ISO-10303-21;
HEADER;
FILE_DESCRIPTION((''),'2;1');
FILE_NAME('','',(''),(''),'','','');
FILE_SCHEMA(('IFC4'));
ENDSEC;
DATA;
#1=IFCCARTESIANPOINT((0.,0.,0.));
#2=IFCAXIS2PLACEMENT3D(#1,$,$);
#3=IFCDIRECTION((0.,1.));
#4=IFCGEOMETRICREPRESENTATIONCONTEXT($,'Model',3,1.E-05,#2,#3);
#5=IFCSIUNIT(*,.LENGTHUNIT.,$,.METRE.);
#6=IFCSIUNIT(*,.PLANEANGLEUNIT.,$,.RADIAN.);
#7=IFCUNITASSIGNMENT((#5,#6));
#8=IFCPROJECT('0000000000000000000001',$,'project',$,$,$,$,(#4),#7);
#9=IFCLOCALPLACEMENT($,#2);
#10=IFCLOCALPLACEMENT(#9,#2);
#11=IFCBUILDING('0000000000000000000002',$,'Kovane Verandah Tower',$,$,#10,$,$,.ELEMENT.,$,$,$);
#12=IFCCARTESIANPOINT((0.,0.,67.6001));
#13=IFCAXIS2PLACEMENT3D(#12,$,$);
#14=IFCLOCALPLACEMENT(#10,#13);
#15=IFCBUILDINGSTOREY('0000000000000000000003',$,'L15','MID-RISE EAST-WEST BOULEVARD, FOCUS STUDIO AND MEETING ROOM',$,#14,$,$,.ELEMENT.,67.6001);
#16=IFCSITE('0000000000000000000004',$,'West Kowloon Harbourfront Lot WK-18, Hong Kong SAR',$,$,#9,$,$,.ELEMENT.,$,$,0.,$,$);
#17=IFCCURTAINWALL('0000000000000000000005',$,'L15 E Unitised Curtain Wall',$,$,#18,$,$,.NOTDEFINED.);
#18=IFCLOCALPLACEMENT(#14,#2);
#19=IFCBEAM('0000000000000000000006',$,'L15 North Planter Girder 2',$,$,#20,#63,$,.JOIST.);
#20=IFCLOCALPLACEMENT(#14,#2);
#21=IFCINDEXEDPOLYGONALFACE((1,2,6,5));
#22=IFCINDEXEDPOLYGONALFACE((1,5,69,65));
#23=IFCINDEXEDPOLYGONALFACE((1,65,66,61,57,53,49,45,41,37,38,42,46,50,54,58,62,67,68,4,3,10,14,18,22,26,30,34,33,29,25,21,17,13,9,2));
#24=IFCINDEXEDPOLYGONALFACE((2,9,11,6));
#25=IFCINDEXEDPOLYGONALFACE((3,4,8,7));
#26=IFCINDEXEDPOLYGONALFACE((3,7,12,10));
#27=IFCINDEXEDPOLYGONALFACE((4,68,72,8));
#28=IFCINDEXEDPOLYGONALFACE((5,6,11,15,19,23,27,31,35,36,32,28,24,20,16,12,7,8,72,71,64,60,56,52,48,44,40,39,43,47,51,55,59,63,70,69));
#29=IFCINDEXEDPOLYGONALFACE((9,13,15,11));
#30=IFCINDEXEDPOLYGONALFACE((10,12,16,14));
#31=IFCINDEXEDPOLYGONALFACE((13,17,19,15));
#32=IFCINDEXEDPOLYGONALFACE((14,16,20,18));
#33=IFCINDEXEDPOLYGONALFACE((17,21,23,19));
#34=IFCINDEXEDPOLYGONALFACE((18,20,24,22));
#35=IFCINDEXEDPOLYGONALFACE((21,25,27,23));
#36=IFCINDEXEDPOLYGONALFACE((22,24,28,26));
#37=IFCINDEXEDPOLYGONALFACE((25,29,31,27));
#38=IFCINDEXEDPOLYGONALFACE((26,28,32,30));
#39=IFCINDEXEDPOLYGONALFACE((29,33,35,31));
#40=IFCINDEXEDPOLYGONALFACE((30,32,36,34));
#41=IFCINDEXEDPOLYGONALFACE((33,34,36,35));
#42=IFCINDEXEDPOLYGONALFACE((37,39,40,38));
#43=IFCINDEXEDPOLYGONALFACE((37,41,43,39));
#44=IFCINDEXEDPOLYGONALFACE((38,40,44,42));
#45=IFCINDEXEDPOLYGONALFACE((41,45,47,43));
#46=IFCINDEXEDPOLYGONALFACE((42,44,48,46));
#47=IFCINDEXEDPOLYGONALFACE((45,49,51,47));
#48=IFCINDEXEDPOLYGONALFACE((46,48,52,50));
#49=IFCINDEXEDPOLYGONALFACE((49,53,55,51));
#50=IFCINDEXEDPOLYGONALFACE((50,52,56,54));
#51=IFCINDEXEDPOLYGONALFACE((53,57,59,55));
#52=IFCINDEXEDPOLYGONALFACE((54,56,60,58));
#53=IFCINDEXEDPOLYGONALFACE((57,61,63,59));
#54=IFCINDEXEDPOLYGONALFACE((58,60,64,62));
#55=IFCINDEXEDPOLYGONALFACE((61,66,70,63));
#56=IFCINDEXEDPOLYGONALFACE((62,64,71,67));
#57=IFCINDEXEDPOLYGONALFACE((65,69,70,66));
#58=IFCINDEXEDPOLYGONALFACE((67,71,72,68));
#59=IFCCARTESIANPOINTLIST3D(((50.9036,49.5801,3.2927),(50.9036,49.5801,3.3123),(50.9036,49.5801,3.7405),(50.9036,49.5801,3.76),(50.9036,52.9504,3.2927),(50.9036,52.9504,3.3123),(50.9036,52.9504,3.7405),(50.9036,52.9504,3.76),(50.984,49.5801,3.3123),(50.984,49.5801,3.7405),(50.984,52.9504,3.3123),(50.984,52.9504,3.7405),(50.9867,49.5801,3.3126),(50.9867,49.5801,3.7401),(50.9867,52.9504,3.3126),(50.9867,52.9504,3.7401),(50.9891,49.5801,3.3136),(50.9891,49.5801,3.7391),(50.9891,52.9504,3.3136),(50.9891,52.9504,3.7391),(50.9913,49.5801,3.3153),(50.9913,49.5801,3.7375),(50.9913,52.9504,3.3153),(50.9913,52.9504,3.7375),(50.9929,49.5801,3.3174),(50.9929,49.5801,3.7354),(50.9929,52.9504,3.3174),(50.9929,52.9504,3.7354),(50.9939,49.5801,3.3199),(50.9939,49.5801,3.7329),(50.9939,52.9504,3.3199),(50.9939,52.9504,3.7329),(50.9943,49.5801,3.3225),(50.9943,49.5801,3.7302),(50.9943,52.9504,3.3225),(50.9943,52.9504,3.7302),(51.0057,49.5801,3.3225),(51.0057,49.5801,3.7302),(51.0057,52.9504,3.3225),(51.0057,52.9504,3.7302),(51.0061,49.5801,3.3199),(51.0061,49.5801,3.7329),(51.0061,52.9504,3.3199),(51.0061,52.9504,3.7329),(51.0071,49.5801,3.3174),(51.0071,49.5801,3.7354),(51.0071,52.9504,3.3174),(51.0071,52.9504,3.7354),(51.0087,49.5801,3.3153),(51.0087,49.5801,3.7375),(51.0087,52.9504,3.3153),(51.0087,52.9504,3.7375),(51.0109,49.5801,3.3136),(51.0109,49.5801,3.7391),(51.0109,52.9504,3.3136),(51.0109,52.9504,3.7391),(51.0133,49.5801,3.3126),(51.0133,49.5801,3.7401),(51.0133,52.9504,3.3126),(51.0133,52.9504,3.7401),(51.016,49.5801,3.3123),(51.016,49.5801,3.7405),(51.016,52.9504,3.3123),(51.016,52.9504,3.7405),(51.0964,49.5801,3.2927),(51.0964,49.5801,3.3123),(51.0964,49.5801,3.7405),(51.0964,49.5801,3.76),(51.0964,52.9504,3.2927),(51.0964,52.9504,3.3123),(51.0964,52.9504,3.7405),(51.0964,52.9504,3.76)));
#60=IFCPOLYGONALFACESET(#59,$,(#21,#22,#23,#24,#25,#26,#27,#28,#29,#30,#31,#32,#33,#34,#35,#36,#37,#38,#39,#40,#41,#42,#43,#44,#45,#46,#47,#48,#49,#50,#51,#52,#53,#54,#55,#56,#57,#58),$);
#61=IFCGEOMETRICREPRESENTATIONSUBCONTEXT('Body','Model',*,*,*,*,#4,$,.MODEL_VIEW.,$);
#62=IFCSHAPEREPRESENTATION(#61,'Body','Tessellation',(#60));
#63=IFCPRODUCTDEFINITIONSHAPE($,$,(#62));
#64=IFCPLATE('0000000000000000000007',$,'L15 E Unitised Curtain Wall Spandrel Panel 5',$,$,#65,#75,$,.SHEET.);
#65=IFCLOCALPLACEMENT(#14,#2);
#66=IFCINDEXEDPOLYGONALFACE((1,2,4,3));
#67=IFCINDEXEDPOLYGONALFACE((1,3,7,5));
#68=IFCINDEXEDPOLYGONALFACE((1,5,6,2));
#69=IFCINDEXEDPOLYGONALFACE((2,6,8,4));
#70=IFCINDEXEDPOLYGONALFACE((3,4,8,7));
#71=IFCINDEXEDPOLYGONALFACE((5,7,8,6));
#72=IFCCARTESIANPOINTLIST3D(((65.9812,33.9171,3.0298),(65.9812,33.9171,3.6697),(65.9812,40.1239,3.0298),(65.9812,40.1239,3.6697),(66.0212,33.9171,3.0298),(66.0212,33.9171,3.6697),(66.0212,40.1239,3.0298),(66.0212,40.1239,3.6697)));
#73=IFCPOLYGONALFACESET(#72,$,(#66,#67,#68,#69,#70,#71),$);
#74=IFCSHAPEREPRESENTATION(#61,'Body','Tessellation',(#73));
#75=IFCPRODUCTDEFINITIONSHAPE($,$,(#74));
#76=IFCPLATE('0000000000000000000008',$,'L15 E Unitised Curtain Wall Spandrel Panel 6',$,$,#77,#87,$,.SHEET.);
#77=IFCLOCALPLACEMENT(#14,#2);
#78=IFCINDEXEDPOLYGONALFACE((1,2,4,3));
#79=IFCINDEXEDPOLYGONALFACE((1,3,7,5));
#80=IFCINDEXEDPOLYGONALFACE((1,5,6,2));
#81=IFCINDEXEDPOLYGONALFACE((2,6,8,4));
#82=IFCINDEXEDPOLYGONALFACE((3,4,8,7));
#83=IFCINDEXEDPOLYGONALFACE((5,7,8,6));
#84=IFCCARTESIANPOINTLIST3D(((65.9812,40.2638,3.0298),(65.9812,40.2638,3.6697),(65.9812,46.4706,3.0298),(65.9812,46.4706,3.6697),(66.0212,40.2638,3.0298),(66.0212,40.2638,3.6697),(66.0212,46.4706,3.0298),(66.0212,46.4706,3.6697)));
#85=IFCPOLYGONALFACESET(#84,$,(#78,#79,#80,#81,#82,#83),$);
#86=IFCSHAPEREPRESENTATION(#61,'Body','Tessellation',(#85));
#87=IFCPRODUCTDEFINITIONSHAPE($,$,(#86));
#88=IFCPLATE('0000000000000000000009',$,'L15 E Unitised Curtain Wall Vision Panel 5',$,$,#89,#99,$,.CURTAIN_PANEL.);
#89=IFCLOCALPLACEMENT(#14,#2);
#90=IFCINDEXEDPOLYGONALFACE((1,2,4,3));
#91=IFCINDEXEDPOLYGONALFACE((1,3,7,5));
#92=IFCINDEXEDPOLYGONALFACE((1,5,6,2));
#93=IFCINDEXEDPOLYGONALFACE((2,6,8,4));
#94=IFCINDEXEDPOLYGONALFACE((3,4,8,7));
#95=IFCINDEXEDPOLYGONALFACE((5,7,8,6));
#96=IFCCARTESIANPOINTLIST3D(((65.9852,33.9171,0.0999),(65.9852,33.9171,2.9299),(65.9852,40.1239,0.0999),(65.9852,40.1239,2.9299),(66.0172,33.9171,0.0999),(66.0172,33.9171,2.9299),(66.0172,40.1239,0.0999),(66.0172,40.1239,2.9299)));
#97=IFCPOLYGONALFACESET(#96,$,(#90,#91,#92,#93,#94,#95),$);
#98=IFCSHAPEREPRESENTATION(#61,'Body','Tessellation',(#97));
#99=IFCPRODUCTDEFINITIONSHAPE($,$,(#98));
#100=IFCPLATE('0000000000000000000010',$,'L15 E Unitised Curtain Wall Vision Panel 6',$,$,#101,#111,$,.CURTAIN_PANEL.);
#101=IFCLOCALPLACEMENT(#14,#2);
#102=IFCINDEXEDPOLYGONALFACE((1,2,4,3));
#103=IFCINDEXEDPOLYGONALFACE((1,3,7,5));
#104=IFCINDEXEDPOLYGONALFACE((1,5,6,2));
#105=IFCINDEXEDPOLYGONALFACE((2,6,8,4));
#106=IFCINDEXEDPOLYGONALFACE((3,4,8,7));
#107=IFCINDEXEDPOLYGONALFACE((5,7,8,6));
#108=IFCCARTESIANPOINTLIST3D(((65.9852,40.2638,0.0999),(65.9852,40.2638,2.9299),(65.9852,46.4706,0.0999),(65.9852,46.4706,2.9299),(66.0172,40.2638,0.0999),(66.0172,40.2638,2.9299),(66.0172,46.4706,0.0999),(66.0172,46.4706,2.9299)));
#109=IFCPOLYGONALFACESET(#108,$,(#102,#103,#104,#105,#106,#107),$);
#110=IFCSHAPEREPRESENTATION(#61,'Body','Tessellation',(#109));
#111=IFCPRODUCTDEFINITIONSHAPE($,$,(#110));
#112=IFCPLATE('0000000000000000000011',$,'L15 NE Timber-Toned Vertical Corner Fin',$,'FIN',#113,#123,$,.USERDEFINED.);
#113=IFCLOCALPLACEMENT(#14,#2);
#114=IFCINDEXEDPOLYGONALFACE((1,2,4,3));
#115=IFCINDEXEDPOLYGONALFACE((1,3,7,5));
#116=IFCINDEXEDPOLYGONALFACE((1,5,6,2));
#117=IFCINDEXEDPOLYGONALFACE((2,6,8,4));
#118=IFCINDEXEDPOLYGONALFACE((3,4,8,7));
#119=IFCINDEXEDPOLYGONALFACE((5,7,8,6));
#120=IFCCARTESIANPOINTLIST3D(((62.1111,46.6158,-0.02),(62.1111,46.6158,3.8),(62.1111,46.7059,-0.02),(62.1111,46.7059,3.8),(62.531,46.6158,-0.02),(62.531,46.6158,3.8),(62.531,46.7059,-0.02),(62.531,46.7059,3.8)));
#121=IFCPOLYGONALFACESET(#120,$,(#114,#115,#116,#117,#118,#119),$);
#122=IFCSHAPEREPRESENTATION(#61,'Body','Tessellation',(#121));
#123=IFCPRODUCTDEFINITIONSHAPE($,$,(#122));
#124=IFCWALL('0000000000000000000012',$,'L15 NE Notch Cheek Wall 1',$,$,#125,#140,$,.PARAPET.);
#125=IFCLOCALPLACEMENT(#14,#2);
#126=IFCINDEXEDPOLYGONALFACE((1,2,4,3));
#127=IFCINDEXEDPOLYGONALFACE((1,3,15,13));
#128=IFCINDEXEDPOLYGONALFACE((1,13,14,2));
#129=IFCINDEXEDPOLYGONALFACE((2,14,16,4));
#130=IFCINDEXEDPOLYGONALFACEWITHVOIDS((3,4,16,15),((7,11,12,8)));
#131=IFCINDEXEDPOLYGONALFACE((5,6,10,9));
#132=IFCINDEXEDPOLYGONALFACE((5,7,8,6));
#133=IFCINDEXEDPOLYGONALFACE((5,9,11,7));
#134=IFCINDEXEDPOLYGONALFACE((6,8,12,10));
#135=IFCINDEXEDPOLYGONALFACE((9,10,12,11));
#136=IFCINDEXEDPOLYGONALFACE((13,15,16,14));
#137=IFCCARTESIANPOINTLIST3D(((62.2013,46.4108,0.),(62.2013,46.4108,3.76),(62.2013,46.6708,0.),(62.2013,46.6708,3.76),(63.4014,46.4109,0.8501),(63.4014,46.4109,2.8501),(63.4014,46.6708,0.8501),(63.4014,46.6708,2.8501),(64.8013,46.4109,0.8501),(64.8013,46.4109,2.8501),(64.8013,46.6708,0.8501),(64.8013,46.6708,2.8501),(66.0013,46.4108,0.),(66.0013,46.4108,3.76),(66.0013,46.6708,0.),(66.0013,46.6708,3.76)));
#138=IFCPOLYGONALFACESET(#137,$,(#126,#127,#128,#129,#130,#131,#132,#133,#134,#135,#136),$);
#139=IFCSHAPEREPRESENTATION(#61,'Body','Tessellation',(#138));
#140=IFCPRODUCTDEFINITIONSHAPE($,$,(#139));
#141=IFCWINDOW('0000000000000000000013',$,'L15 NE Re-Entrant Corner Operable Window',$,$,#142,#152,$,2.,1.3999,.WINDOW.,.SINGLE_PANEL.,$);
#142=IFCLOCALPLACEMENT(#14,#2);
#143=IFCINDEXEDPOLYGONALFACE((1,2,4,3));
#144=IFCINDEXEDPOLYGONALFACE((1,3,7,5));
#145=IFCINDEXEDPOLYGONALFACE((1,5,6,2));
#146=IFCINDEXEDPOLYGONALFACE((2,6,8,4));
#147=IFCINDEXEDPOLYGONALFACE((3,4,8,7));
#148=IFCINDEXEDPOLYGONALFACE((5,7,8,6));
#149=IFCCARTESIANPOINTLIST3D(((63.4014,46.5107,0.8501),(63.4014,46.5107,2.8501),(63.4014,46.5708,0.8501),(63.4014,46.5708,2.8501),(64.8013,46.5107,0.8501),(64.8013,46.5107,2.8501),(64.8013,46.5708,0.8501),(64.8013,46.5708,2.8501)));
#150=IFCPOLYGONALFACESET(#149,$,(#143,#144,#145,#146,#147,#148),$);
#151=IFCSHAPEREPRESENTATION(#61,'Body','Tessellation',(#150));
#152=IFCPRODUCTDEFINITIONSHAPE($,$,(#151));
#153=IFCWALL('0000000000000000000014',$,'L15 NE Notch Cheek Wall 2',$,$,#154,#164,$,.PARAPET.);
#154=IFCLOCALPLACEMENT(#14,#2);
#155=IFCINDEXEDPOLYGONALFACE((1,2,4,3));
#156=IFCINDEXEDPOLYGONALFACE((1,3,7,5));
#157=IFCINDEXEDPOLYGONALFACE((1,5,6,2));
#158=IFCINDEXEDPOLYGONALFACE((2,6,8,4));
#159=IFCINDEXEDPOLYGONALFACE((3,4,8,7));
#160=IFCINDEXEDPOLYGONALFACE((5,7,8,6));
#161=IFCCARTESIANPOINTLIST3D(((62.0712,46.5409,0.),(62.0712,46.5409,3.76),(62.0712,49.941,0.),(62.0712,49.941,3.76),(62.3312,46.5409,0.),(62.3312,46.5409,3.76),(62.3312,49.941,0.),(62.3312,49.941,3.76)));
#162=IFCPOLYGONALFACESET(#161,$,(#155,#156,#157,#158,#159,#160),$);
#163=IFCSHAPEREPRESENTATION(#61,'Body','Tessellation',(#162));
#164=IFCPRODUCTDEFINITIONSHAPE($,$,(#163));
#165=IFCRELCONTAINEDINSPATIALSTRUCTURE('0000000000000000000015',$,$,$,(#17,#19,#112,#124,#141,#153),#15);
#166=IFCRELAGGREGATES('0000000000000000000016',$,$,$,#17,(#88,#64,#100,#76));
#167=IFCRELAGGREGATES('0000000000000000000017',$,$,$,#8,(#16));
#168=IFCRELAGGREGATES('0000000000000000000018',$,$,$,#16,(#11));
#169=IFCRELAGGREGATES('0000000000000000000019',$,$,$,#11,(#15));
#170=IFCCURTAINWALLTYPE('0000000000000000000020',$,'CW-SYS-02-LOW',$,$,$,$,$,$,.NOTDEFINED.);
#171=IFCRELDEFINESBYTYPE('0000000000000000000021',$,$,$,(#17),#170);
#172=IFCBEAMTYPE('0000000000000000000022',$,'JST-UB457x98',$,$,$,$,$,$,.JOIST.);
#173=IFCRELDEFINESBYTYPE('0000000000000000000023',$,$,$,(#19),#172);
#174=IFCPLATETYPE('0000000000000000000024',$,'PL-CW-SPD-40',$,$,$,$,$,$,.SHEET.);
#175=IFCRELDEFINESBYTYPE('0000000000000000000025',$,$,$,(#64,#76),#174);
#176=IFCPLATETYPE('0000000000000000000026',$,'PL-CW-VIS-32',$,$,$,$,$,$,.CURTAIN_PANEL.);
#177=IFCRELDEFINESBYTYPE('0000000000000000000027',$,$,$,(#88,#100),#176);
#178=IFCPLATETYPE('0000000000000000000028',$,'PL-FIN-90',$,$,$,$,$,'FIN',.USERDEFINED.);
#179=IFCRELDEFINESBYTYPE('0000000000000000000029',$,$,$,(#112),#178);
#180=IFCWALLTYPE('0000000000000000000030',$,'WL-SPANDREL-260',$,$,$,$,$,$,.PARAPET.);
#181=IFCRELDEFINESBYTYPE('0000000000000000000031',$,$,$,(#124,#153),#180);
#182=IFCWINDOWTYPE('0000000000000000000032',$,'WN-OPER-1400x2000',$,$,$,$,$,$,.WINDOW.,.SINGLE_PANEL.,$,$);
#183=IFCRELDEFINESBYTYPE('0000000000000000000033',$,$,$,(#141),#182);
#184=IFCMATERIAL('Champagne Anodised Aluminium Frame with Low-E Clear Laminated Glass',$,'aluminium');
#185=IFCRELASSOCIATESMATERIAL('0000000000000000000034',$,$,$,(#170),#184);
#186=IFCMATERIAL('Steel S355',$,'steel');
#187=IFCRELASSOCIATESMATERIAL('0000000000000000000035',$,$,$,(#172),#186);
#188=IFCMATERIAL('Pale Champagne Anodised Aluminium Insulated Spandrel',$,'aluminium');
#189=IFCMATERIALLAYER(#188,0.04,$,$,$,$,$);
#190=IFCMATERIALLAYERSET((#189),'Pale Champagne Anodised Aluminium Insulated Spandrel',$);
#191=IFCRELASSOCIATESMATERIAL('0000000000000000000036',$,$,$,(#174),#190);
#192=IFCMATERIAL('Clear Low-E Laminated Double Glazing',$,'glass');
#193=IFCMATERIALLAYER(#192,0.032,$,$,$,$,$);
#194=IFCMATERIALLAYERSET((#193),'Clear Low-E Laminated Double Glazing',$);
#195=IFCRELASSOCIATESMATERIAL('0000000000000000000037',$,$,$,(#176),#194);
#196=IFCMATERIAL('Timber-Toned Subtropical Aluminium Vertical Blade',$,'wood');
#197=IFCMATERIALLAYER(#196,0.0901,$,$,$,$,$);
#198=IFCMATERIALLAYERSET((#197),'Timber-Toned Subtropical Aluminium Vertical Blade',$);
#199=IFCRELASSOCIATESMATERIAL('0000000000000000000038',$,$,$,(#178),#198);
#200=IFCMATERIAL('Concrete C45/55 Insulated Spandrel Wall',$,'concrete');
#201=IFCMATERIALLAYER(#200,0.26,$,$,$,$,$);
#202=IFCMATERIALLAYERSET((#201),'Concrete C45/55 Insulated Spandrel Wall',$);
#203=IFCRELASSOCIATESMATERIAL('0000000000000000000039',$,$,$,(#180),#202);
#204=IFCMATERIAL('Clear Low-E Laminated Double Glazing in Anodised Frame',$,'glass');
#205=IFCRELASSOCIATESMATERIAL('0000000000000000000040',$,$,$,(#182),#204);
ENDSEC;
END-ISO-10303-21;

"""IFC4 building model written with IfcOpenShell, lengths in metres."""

from ifc_helpers import new_model, si_unit, direction, frame, frame_2d, origin, origin_2d, place, context, subcontext, project, spatial, rectangle, i_section, extrude, material, layer, layer_set, material_profile, profile_set, type_object, element, fill, aggregate, save


model = new_model("IFC4")

# Units and contexts
model_context = context("Model", 3, precision=1e-05, world=origin(), true_north=direction((0.0, 1.0)))
body_context = subcontext(model_context, "Body", "Model", "MODEL_VIEW")
ifc_project = project(units=[si_unit("LENGTHUNIT", "METRE"), si_unit("PLANEANGLEUNIT", "RADIAN")], contexts=[model_context])

# Site, building, storey
site_placement = place(None, origin())
site = spatial("IfcSite", under=ifc_project, at=site_placement, Name="West Kowloon Harbourfront Lot WK-18, Hong Kong SAR", CompositionType="ELEMENT", RefElevation=0.0)
building_placement = place(site_placement, origin())
building = spatial("IfcBuilding", under=site, at=building_placement, Name="Kovane Verandah Tower", CompositionType="ELEMENT")
storey_placement = place(building_placement, frame((0.0, 0.0, 67.6001)))
storey = spatial("IfcBuildingStorey", under=building, at=storey_placement, Name="L15", Description="MID-RISE EAST-WEST BOULEVARD, FOCUS STUDIO AND MEETING ROOM", CompositionType="ELEMENT", Elevation=67.6001)

# Shared definitions
ifc_material_1 = material(Name="Steel S355", Category="steel")

# Curtain wall
ifc_material_2 = material(Name="Champagne Anodised Aluminium Frame with Low-E Clear Laminated Glass", Category="aluminium")
curtain_wall_type = type_object("IfcCurtainWallType", Name="CW-SYS-02-LOW", PredefinedType="NOTDEFINED", material=ifc_material_2)
curtain_wall_placement = place(storey_placement, origin())
curtain_wall = element("IfcCurtainWall", 1, at=curtain_wall_placement, inside=storey, type_object=curtain_wall_type, Name="L15 E Unitised Curtain Wall", PredefinedType="NOTDEFINED")

# Beam
ifc_material_profile_1 = material_profile(ifc_material_1, i_section(OverallWidth=0.1929, OverallDepth=0.4673, WebThickness=0.0115, FlangeThickness=0.0195, FilletRadius=0.0103, at=origin_2d()), Name="UB457x191x98")
ifc_profile_set_1 = profile_set([ifc_material_profile_1], Name="Steel S355")
beam_type_1 = type_object("IfcBeamType", Name="JST-UB457x98", PredefinedType="JOIST", material=ifc_profile_set_1)
beam_1_placement = place(storey_placement, frame((51.0, 49.5801, 3.5264), z_axis=(0.0, 1.0, 0.0), x_axis=(-1.0, 0.0, 0.0)))
element("IfcBeam", 2, at=beam_1_placement, inside=storey, type_object=beam_type_1, Name="L15 North Planter Girder 2", PredefinedType="JOIST", context=body_context, shape_type="SweptSolid", body=[
    extrude(i_section(OverallWidth=0.1929, OverallDepth=0.4673, WebThickness=0.0115, FlangeThickness=0.0195, FilletRadius=0.0103, at=origin_2d()), origin(), (0.0, 0.0, 1.0), 3.3704),
])

# Plates
ifc_material_3 = material(Name="Pale Champagne Anodised Aluminium Insulated Spandrel", Category="aluminium")
ifc_layer_1 = layer(ifc_material_3, 0.04)
ifc_layer_set_1 = layer_set([ifc_layer_1], Name="Pale Champagne Anodised Aluminium Insulated Spandrel")
plate_type_1 = type_object("IfcPlateType", Name="PL-CW-SPD-40", PredefinedType="SHEET", material=ifc_layer_set_1)
plate_1_placement = place(storey_placement, frame((66.0012, 37.0205, 3.0298), z_axis=(0.0, 0.0, 1.0), x_axis=(0.0, 1.0, 0.0)))
plate_1 = element("IfcPlate", 3, at=plate_1_placement, type_object=plate_type_1, Name="L15 E Unitised Curtain Wall Spandrel Panel 5", PredefinedType="SHEET", context=body_context, shape_type="SweptSolid", body=[
    extrude(rectangle(XDim=6.2068, YDim=0.04, at=origin_2d()), origin(), (0.0, 0.0, 1.0), 0.6399),
])
plate_2_placement = place(storey_placement, frame((66.0012, 43.3672, 3.0298), z_axis=(0.0, 0.0, 1.0), x_axis=(0.0, 1.0, 0.0)))
plate_2 = element("IfcPlate", 4, at=plate_2_placement, type_object=plate_type_1, Name="L15 E Unitised Curtain Wall Spandrel Panel 6", PredefinedType="SHEET", context=body_context, shape_type="SweptSolid", body=[
    extrude(rectangle(XDim=6.2068, YDim=0.04, at=origin_2d()), origin(), (0.0, 0.0, 1.0), 0.6399),
])
ifc_material_4 = material(Name="Clear Low-E Laminated Double Glazing", Category="glass")
ifc_layer_2 = layer(ifc_material_4, 0.032)
ifc_layer_set_2 = layer_set([ifc_layer_2], Name="Clear Low-E Laminated Double Glazing")
plate_type_2 = type_object("IfcPlateType", Name="PL-CW-VIS-32", PredefinedType="CURTAIN_PANEL", material=ifc_layer_set_2)
plate_3_placement = place(storey_placement, frame((66.0012, 37.0205, 0.0999), z_axis=(0.0, 0.0, 1.0), x_axis=(0.0, 1.0, 0.0)))
plate_3 = element("IfcPlate", 5, at=plate_3_placement, type_object=plate_type_2, Name="L15 E Unitised Curtain Wall Vision Panel 5", PredefinedType="CURTAIN_PANEL", context=body_context, shape_type="SweptSolid", body=[
    extrude(rectangle(XDim=6.2068, YDim=0.032, at=origin_2d()), origin(), (0.0, 0.0, 1.0), 2.8301),
])
plate_4_placement = place(storey_placement, frame((66.0012, 43.3672, 0.0999), z_axis=(0.0, 0.0, 1.0), x_axis=(0.0, 1.0, 0.0)))
plate_4 = element("IfcPlate", 6, at=plate_4_placement, type_object=plate_type_2, Name="L15 E Unitised Curtain Wall Vision Panel 6", PredefinedType="CURTAIN_PANEL", context=body_context, shape_type="SweptSolid", body=[
    extrude(rectangle(XDim=6.2068, YDim=0.032, at=origin_2d()), origin(), (0.0, 0.0, 1.0), 2.8301),
])
aggregate(curtain_wall, [plate_3, plate_1, plate_4, plate_2])
ifc_material_5 = material(Name="Timber-Toned Subtropical Aluminium Vertical Blade", Category="wood")
ifc_layer_3 = layer(ifc_material_5, 0.0901)
ifc_layer_set_3 = layer_set([ifc_layer_3], Name="Timber-Toned Subtropical Aluminium Vertical Blade")
plate_type_3 = type_object("IfcPlateType", Name="PL-FIN-90", ElementType="FIN", PredefinedType="USERDEFINED", material=ifc_layer_set_3)
plate_5_placement = place(storey_placement, frame((62.321, 46.6609, -0.02), z_axis=(0.0, 0.0, 1.0), x_axis=(1.0, 0.0, 0.0)))
element("IfcPlate", 7, at=plate_5_placement, inside=storey, type_object=plate_type_3, Name="L15 NE Timber-Toned Vertical Corner Fin", ObjectType="FIN", PredefinedType="USERDEFINED", context=body_context, shape_type="SweptSolid", body=[
    extrude(rectangle(XDim=0.4199, YDim=0.0901, at=origin_2d()), origin(), (0.0, 0.0, 1.0), 3.8201),
])

# Shared definitions
ifc_material_6 = material(Name="Concrete C45/55 Insulated Spandrel Wall", Category="concrete")
ifc_layer_4 = layer(ifc_material_6, 0.26)
ifc_layer_set_4 = layer_set([ifc_layer_4], Name="Concrete C45/55 Insulated Spandrel Wall")
wall_type = type_object("IfcWallType", Name="WL-SPANDREL-260", PredefinedType="PARAPET", material=ifc_layer_set_4)
ifc_material_7 = material(Name="Clear Low-E Laminated Double Glazing in Anodised Frame", Category="glass")

# Wall, opening, window
wall_1_placement = place(storey_placement, frame((66.0012, 46.5408, 0.0), z_axis=(0.0, 0.0, 1.0), x_axis=(-1.0, 0.0, 0.0)))
wall_1 = element("IfcWall", 8, at=wall_1_placement, inside=storey, type_object=wall_type, Name="L15 NE Notch Cheek Wall 1", PredefinedType="PARAPET", context=body_context, shape_type="SweptSolid", body=[
    extrude(rectangle(XDim=3.8, YDim=0.26, at=frame_2d((1.8999, 0.0))), origin(), (0.0, 0.0, 1.0), 3.76),
])
opening_1_placement = place(wall_1_placement, frame((1.2, 0.0, 0.8501)))
opening_1 = element("IfcOpeningElement", 9, at=opening_1_placement, cuts=wall_1, PredefinedType="OPENING", context=body_context, shape_type="SweptSolid", body=[
    extrude(rectangle(XDim=1.3999, YDim=2.0, at=frame_2d((0.7, 1.0))), frame((0.0, 0.1299, 0.0), z_axis=(0.0, -1.0, 0.0), x_axis=(1.0, 0.0, 0.0)), (0.0, 0.0, 1.0), 0.26),
])
window_type_1 = type_object("IfcWindowType", Name="WN-OPER-1400x2000", PartitioningType="SINGLE_PANEL", PredefinedType="WINDOW", material=ifc_material_7)
window_1_placement = place(opening_1_placement, origin())
window_1 = element("IfcWindow", 10, at=window_1_placement, inside=storey, type_object=window_type_1, Name="L15 NE Re-Entrant Corner Operable Window", OverallHeight=2.0, OverallWidth=1.3999, PartitioningType="SINGLE_PANEL", PredefinedType="WINDOW", context=body_context, shape_type="SweptSolid", body=[
    extrude(rectangle(XDim=1.3999, YDim=2.0, at=frame_2d((0.7, 1.0))), frame((0.0, 0.03, 0.0), z_axis=(0.0, -1.0, 0.0), x_axis=(1.0, 0.0, 0.0)), (0.0, 0.0, 1.0), 0.0601),
])
fill(opening_1, window_1)

# Wall
wall_2_placement = place(storey_placement, frame((62.2012, 46.5408, 0.0), z_axis=(0.0, 0.0, 1.0), x_axis=(0.0, 1.0, 0.0)))
element("IfcWall", 11, at=wall_2_placement, inside=storey, type_object=wall_type, Name="L15 NE Notch Cheek Wall 2", PredefinedType="PARAPET", context=body_context, shape_type="SweptSolid", body=[
    extrude(rectangle(XDim=3.4001, YDim=0.26, at=frame_2d((1.7002, 0.0))), origin(), (0.0, 0.0, 1.0), 3.76),
])

save(model, "model.ifc")
